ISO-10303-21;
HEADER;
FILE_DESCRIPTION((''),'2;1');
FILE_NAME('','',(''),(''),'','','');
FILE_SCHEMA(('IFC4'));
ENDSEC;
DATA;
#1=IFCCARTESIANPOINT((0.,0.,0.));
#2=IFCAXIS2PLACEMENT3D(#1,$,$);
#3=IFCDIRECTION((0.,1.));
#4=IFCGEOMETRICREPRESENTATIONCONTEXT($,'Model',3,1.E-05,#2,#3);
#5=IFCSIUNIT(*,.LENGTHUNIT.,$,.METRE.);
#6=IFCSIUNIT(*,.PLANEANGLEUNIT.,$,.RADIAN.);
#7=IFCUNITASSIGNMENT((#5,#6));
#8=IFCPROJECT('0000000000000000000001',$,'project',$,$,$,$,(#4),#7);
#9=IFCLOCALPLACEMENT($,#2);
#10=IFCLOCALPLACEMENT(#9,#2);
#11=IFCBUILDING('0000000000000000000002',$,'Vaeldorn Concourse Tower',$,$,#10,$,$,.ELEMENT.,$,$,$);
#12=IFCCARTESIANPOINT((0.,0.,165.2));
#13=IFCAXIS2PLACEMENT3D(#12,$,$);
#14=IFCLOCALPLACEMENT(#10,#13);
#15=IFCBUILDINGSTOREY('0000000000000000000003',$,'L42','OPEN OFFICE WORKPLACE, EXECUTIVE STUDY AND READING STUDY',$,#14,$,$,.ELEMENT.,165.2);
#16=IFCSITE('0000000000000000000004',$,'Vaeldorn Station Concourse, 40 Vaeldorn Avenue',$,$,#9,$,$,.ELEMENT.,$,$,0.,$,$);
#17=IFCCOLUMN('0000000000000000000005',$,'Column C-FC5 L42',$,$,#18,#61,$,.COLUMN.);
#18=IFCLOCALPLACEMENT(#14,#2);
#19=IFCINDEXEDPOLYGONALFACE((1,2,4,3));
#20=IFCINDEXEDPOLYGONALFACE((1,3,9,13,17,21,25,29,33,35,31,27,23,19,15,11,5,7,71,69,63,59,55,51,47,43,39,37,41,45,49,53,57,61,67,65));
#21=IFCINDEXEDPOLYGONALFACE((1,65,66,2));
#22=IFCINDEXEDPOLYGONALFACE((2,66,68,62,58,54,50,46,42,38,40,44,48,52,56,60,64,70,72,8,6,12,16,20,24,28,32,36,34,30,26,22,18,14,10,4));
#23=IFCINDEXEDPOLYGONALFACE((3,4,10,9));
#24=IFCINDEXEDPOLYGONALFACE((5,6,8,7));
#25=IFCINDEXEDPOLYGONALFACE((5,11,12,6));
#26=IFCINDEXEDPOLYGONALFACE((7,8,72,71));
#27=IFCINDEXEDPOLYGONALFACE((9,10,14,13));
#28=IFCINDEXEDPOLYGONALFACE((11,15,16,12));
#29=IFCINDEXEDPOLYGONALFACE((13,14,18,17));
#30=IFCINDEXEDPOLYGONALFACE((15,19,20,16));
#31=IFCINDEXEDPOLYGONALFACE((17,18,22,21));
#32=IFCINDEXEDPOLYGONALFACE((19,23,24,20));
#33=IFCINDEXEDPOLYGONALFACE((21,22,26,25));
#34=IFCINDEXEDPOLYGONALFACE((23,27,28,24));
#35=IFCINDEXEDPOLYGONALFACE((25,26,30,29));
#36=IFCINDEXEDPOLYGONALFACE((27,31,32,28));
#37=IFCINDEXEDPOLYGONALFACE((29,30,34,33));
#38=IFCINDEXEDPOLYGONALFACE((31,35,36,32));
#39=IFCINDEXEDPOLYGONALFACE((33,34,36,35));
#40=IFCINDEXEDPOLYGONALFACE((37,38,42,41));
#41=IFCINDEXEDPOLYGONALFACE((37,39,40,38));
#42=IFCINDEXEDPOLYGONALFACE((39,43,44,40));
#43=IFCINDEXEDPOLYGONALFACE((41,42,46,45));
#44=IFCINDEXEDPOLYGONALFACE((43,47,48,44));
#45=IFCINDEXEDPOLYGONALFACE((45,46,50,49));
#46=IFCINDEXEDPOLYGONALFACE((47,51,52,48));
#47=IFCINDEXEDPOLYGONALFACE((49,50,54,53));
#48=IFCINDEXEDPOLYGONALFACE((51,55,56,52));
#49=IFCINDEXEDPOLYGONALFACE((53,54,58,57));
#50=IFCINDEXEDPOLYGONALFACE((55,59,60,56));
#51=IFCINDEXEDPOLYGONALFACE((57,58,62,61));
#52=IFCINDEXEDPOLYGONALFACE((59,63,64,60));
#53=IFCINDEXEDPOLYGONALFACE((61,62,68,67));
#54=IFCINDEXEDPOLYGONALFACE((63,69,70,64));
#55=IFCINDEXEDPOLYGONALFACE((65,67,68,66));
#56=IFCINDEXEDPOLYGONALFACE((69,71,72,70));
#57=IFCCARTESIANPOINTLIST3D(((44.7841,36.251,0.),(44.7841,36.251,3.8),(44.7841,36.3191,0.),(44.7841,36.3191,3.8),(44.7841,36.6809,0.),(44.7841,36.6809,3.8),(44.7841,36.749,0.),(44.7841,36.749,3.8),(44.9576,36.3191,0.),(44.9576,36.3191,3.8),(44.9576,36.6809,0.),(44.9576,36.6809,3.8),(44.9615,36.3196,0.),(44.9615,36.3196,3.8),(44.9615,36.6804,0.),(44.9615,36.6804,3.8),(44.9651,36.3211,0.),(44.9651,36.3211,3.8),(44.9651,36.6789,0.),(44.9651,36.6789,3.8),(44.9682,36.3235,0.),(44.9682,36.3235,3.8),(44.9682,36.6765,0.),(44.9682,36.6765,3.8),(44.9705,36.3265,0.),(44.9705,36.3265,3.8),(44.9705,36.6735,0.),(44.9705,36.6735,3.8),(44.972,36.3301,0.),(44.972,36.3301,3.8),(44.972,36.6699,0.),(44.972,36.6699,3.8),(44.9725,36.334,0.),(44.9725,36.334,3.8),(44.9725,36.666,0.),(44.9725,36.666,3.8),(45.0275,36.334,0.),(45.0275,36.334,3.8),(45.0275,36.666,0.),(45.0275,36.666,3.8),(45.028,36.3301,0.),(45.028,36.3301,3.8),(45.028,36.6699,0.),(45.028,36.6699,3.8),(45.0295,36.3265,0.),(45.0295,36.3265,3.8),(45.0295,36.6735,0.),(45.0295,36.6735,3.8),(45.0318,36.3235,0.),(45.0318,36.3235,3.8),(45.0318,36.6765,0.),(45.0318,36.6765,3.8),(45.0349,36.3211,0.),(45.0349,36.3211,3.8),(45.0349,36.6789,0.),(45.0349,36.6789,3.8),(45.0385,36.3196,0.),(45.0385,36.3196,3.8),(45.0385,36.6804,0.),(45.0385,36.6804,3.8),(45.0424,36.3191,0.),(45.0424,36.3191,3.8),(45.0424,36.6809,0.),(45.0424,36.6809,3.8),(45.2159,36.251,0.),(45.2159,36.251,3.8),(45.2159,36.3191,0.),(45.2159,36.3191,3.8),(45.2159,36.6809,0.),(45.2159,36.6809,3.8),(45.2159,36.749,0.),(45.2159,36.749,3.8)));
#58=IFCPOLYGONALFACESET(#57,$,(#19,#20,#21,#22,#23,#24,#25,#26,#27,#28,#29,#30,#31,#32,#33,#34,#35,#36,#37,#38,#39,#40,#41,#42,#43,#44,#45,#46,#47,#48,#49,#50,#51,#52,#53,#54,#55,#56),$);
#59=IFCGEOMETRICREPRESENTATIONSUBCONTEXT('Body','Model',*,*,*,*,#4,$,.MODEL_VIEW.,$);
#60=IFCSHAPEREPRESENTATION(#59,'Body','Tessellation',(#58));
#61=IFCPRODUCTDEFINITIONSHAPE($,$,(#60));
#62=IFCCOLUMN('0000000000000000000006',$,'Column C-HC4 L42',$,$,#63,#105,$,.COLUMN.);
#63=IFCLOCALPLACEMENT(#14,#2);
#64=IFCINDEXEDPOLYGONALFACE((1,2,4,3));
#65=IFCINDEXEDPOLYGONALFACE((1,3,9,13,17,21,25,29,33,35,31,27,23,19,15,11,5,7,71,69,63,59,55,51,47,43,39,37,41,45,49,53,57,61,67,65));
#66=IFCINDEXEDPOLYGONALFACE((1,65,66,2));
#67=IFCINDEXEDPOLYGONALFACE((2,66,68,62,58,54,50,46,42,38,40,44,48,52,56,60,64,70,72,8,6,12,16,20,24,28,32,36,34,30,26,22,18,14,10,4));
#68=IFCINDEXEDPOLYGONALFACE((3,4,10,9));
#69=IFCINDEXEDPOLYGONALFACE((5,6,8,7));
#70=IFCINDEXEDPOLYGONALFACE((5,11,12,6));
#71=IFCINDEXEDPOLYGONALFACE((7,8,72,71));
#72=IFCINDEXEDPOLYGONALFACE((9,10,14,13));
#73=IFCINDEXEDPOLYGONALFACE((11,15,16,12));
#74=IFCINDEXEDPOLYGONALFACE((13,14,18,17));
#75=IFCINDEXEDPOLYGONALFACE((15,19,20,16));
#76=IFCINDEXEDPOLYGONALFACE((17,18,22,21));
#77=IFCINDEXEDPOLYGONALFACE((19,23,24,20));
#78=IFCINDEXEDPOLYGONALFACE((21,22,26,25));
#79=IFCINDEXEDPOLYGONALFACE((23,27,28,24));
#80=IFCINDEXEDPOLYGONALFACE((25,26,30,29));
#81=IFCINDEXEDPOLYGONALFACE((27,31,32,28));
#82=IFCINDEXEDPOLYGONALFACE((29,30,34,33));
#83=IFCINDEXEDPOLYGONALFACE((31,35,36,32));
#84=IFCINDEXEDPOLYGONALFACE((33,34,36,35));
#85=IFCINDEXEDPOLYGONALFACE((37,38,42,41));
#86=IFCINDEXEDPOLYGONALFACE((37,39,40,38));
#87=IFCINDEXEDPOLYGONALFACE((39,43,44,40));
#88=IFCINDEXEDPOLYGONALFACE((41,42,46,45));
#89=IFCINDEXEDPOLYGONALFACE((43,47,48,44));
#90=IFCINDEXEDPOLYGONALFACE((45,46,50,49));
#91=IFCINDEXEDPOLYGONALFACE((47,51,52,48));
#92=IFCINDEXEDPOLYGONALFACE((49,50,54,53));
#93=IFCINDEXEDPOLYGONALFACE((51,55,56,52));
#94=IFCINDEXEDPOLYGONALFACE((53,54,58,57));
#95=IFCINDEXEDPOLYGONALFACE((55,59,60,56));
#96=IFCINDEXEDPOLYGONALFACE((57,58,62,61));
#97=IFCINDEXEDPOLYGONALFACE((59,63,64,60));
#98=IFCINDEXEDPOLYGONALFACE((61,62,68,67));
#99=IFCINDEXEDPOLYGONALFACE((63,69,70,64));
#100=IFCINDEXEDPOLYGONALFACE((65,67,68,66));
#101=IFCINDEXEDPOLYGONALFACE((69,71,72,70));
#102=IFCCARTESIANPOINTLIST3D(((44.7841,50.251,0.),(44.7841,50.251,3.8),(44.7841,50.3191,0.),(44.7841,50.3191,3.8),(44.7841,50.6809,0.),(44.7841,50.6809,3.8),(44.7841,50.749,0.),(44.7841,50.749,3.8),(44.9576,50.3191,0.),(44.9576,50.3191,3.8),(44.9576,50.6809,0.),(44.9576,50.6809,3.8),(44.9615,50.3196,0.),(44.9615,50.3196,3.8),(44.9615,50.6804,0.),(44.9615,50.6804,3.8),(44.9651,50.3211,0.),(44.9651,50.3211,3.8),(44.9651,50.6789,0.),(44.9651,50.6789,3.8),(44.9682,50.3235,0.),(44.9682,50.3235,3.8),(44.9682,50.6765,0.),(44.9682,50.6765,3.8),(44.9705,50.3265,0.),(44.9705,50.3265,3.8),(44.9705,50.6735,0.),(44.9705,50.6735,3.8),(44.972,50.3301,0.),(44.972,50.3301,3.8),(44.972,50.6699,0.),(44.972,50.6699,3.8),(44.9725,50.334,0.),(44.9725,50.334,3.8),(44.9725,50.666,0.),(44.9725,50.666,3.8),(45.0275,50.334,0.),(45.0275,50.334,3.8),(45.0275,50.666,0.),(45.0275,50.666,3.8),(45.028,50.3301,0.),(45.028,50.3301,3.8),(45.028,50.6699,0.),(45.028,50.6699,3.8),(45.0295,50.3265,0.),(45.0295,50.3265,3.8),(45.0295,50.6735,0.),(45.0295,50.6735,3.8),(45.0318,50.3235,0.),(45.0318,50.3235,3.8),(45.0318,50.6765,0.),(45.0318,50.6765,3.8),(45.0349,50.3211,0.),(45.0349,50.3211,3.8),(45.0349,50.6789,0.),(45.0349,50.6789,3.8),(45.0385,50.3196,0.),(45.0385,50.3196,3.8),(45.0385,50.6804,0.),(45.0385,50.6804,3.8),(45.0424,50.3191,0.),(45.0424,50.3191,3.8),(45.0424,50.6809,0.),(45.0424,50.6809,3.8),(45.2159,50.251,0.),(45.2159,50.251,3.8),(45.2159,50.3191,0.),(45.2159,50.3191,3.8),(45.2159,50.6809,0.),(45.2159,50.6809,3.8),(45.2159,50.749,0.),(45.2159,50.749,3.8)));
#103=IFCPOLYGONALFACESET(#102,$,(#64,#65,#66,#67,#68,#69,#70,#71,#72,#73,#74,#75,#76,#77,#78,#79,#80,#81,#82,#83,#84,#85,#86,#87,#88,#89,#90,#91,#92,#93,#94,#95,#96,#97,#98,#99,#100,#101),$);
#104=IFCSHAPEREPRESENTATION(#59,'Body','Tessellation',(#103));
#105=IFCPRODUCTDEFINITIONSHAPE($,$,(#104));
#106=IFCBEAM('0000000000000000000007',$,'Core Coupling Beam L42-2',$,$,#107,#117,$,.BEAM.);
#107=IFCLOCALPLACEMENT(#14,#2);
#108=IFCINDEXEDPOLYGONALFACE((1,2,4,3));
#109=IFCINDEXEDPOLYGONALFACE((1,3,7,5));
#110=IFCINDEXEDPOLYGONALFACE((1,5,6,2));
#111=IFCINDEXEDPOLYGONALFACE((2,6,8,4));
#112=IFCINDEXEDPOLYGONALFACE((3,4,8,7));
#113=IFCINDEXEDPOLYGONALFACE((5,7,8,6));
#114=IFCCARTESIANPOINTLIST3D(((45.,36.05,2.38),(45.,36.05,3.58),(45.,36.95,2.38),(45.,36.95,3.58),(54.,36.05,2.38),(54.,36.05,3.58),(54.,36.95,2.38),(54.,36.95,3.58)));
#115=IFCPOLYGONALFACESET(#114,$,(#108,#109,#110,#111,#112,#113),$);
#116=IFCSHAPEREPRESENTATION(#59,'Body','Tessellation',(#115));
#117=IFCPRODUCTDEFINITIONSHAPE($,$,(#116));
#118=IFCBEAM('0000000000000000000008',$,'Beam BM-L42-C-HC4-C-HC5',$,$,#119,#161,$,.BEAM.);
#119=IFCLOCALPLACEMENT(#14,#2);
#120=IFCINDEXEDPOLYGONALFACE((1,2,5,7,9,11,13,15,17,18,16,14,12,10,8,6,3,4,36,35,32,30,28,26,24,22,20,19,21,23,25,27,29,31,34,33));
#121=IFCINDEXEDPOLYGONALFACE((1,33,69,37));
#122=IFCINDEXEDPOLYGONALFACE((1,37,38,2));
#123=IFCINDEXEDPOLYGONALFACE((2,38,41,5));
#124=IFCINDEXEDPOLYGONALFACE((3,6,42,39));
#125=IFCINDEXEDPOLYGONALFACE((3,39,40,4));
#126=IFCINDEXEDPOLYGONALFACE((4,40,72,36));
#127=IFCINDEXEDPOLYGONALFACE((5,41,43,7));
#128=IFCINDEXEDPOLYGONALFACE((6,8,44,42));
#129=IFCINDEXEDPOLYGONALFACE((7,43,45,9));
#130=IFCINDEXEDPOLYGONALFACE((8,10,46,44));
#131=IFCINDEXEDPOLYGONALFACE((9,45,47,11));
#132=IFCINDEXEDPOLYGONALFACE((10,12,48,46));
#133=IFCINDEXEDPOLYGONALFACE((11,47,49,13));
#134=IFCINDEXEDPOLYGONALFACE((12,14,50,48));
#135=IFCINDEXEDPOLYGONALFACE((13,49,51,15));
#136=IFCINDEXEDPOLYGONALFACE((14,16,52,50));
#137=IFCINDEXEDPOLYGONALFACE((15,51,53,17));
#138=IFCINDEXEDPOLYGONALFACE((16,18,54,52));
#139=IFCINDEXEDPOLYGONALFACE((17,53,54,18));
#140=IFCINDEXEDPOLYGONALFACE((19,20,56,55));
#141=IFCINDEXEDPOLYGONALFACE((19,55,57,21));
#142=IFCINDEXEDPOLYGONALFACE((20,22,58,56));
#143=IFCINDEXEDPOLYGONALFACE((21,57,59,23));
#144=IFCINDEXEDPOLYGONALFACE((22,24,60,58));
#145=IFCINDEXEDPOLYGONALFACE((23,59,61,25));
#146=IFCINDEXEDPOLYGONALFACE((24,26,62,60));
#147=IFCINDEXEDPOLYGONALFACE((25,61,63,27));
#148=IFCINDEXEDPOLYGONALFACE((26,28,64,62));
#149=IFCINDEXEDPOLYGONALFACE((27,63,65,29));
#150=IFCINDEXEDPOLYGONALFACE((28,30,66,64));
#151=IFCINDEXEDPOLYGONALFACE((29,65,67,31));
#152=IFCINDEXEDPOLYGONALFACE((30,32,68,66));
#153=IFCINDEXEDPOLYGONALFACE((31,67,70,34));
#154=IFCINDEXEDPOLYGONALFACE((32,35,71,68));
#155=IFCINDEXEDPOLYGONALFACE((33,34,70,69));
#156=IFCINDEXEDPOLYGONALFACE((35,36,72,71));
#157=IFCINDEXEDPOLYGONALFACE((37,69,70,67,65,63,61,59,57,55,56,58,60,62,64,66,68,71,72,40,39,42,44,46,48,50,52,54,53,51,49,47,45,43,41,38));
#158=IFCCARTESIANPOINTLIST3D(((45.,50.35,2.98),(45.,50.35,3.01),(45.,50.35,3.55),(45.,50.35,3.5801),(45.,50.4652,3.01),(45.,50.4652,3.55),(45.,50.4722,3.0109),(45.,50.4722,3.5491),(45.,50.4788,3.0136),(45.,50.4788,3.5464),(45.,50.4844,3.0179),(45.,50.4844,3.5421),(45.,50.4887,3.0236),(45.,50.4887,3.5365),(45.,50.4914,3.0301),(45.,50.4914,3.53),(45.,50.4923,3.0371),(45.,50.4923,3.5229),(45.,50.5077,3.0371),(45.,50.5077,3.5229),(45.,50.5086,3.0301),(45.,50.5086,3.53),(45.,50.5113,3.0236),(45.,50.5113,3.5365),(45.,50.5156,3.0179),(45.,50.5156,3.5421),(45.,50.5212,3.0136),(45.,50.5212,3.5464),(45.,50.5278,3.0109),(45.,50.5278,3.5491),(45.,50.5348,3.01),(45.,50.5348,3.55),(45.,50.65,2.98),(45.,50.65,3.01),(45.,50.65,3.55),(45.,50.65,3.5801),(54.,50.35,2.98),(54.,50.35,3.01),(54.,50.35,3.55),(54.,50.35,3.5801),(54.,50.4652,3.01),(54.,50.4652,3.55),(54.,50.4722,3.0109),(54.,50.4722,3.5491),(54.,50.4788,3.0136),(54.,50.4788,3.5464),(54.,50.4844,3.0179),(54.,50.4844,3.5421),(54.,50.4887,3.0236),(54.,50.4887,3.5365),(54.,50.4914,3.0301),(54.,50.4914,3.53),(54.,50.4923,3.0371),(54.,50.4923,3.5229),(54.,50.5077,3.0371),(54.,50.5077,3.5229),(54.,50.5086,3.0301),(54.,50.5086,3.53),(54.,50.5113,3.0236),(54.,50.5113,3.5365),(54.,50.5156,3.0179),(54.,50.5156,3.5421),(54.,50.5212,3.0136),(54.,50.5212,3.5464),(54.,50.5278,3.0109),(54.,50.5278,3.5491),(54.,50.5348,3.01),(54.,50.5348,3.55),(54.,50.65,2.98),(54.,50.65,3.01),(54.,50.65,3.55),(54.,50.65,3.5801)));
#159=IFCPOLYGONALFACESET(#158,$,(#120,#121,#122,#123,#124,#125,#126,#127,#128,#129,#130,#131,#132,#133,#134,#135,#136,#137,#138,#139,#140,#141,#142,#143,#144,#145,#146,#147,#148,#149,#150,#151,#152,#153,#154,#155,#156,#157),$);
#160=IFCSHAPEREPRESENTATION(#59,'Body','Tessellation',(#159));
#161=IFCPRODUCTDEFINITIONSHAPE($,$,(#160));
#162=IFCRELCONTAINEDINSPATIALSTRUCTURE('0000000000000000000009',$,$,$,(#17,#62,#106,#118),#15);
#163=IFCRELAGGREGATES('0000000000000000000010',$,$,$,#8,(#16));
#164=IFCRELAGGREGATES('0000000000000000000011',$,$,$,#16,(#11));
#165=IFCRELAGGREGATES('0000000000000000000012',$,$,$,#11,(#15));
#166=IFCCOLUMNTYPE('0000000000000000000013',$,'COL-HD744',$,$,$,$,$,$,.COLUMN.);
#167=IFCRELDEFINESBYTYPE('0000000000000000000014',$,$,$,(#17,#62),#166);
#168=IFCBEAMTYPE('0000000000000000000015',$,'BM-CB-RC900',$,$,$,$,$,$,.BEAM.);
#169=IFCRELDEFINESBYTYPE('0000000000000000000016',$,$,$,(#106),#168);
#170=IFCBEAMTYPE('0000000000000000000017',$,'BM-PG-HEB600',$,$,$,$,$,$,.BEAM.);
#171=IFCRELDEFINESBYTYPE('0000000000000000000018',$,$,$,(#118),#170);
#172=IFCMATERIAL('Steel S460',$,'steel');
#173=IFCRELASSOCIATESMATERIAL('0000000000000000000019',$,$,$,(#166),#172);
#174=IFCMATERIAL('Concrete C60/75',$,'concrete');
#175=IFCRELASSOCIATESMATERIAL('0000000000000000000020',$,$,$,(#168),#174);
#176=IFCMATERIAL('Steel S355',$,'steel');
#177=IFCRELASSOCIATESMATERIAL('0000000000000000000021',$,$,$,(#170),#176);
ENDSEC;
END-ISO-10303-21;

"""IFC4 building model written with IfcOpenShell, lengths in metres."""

from ifc_helpers import new_model, si_unit, direction, frame, origin, origin_2d, place, context, subcontext, project, spatial, rectangle, i_section, extrude, source, transform, mapped, material, material_profile, profile_set, type_object, element, save


model = new_model("IFC4")

# Units and contexts
model_context = context("Model", 3, precision=1e-05, world=origin(), true_north=direction((0.0, 1.0)))
body_context = subcontext(model_context, "Body", "Model", "MODEL_VIEW")
ifc_project = project(units=[si_unit("LENGTHUNIT", "METRE"), si_unit("PLANEANGLEUNIT", "RADIAN")], contexts=[model_context])

# Site, building, storey
site_placement = place(None, origin())
site = spatial("IfcSite", under=ifc_project, at=site_placement, Name="Vaeldorn Station Concourse, 40 Vaeldorn Avenue", CompositionType="ELEMENT", RefElevation=0.0)
building_placement = place(site_placement, origin())
building = spatial("IfcBuilding", under=site, at=building_placement, Name="Vaeldorn Concourse Tower", CompositionType="ELEMENT")
storey_placement = place(building_placement, frame((0.0, 0.0, 165.2)))
storey = spatial("IfcBuildingStorey", under=building, at=storey_placement, Name="L42", Description="OPEN OFFICE WORKPLACE, EXECUTIVE STUDY AND READING STUDY", CompositionType="ELEMENT", Elevation=165.2)

# Columns
ifc_material_1 = material(Name="Steel S460", Category="steel")
ifc_material_profile_1 = material_profile(ifc_material_1, i_section(OverallWidth=0.4319, OverallDepth=0.498, WebThickness=0.0549, FlangeThickness=0.0681, FilletRadius=0.0149, at=origin_2d()), Name="HD 400x744")
ifc_profile_set_1 = profile_set([ifc_material_profile_1], Name="Steel S460")
column_type = type_object("IfcColumnType", Name="COL-HD744", PredefinedType="COLUMN", material=ifc_profile_set_1)
shared_shape_1 = source(origin(), body_context, "Body", "SweptSolid", [
    extrude(i_section(OverallWidth=0.4319, OverallDepth=0.498, WebThickness=0.0549, FlangeThickness=0.0681, FilletRadius=0.0149, at=origin_2d()), origin(), (0.0, 0.0, 1.0), 3.8),
])
for number, where, z_axis, x_axis, name in (
    (1, (45.0, 36.5, 0.0), (0.0, 0.0, 1.0), (1.0, 0.0, 0.0), "Column C-FC5 L42"),
    (2, (45.0, 50.5, 0.0), (0.0, 0.0, 1.0), (1.0, 0.0, 0.0), "Column C-HC4 L42"),
):
    element("IfcColumn", number, at=place(storey_placement, frame(where, z_axis=z_axis, x_axis=x_axis)), inside=storey, type_object=column_type, Name=name, PredefinedType="COLUMN", context=body_context, shape_type="MappedRepresentation", body=[
        mapped(shared_shape_1, transform((0.0, 0.0, 0.0), scale=1.0)),
    ])

# Beams
ifc_material_2 = material(Name="Concrete C60/75", Category="concrete")
ifc_material_profile_2 = material_profile(ifc_material_2, rectangle(XDim=0.8999, YDim=1.2, at=origin_2d()), Name="RC 900x1200")
ifc_profile_set_2 = profile_set([ifc_material_profile_2], Name="Concrete C60/75")
beam_type_1 = type_object("IfcBeamType", Name="BM-CB-RC900", PredefinedType="BEAM", material=ifc_profile_set_2)
shared_shape_2 = source(origin(), body_context, "Body", "SweptSolid", [
    extrude(rectangle(XDim=0.8999, YDim=1.2, at=origin_2d()), origin(), (0.0, 0.0, 1.0), 9.0),
])
beam_1_placement = place(storey_placement, frame((45.0, 36.5, 2.98), z_axis=(1.0, 0.0, 0.0), x_axis=(0.0, 1.0, 0.0)))
element("IfcBeam", 3, at=beam_1_placement, inside=storey, type_object=beam_type_1, Name="Core Coupling Beam L42-2", PredefinedType="BEAM", context=body_context, shape_type="MappedRepresentation", body=[
    mapped(shared_shape_2, transform((0.0, 0.0, 0.0), scale=1.0)),
])
ifc_material_3 = material(Name="Steel S355", Category="steel")
ifc_material_profile_3 = material_profile(ifc_material_3, i_section(OverallWidth=0.3, OverallDepth=0.6001, WebThickness=0.0154, FlangeThickness=0.03, FilletRadius=0.0271, at=origin_2d()), Name="HEB 600")
ifc_profile_set_3 = profile_set([ifc_material_profile_3], Name="Steel S355")
beam_type_2 = type_object("IfcBeamType", Name="BM-PG-HEB600", PredefinedType="BEAM", material=ifc_profile_set_3)
shared_shape_3 = source(origin(), body_context, "Body", "SweptSolid", [
    extrude(i_section(OverallWidth=0.3, OverallDepth=0.6001, WebThickness=0.0154, FlangeThickness=0.03, FilletRadius=0.0271, at=origin_2d()), origin(), (0.0, 0.0, 1.0), 9.0),
])
beam_2_placement = place(storey_placement, frame((45.0, 50.5, 3.28), z_axis=(1.0, 0.0, 0.0), x_axis=(0.0, 1.0, 0.0)))
element("IfcBeam", 4, at=beam_2_placement, inside=storey, type_object=beam_type_2, Name="Beam BM-L42-C-HC4-C-HC5", PredefinedType="BEAM", context=body_context, shape_type="MappedRepresentation", body=[
    mapped(shared_shape_3, transform((0.0, 0.0, 0.0), scale=1.0)),
])

save(model, "model.ifc")
